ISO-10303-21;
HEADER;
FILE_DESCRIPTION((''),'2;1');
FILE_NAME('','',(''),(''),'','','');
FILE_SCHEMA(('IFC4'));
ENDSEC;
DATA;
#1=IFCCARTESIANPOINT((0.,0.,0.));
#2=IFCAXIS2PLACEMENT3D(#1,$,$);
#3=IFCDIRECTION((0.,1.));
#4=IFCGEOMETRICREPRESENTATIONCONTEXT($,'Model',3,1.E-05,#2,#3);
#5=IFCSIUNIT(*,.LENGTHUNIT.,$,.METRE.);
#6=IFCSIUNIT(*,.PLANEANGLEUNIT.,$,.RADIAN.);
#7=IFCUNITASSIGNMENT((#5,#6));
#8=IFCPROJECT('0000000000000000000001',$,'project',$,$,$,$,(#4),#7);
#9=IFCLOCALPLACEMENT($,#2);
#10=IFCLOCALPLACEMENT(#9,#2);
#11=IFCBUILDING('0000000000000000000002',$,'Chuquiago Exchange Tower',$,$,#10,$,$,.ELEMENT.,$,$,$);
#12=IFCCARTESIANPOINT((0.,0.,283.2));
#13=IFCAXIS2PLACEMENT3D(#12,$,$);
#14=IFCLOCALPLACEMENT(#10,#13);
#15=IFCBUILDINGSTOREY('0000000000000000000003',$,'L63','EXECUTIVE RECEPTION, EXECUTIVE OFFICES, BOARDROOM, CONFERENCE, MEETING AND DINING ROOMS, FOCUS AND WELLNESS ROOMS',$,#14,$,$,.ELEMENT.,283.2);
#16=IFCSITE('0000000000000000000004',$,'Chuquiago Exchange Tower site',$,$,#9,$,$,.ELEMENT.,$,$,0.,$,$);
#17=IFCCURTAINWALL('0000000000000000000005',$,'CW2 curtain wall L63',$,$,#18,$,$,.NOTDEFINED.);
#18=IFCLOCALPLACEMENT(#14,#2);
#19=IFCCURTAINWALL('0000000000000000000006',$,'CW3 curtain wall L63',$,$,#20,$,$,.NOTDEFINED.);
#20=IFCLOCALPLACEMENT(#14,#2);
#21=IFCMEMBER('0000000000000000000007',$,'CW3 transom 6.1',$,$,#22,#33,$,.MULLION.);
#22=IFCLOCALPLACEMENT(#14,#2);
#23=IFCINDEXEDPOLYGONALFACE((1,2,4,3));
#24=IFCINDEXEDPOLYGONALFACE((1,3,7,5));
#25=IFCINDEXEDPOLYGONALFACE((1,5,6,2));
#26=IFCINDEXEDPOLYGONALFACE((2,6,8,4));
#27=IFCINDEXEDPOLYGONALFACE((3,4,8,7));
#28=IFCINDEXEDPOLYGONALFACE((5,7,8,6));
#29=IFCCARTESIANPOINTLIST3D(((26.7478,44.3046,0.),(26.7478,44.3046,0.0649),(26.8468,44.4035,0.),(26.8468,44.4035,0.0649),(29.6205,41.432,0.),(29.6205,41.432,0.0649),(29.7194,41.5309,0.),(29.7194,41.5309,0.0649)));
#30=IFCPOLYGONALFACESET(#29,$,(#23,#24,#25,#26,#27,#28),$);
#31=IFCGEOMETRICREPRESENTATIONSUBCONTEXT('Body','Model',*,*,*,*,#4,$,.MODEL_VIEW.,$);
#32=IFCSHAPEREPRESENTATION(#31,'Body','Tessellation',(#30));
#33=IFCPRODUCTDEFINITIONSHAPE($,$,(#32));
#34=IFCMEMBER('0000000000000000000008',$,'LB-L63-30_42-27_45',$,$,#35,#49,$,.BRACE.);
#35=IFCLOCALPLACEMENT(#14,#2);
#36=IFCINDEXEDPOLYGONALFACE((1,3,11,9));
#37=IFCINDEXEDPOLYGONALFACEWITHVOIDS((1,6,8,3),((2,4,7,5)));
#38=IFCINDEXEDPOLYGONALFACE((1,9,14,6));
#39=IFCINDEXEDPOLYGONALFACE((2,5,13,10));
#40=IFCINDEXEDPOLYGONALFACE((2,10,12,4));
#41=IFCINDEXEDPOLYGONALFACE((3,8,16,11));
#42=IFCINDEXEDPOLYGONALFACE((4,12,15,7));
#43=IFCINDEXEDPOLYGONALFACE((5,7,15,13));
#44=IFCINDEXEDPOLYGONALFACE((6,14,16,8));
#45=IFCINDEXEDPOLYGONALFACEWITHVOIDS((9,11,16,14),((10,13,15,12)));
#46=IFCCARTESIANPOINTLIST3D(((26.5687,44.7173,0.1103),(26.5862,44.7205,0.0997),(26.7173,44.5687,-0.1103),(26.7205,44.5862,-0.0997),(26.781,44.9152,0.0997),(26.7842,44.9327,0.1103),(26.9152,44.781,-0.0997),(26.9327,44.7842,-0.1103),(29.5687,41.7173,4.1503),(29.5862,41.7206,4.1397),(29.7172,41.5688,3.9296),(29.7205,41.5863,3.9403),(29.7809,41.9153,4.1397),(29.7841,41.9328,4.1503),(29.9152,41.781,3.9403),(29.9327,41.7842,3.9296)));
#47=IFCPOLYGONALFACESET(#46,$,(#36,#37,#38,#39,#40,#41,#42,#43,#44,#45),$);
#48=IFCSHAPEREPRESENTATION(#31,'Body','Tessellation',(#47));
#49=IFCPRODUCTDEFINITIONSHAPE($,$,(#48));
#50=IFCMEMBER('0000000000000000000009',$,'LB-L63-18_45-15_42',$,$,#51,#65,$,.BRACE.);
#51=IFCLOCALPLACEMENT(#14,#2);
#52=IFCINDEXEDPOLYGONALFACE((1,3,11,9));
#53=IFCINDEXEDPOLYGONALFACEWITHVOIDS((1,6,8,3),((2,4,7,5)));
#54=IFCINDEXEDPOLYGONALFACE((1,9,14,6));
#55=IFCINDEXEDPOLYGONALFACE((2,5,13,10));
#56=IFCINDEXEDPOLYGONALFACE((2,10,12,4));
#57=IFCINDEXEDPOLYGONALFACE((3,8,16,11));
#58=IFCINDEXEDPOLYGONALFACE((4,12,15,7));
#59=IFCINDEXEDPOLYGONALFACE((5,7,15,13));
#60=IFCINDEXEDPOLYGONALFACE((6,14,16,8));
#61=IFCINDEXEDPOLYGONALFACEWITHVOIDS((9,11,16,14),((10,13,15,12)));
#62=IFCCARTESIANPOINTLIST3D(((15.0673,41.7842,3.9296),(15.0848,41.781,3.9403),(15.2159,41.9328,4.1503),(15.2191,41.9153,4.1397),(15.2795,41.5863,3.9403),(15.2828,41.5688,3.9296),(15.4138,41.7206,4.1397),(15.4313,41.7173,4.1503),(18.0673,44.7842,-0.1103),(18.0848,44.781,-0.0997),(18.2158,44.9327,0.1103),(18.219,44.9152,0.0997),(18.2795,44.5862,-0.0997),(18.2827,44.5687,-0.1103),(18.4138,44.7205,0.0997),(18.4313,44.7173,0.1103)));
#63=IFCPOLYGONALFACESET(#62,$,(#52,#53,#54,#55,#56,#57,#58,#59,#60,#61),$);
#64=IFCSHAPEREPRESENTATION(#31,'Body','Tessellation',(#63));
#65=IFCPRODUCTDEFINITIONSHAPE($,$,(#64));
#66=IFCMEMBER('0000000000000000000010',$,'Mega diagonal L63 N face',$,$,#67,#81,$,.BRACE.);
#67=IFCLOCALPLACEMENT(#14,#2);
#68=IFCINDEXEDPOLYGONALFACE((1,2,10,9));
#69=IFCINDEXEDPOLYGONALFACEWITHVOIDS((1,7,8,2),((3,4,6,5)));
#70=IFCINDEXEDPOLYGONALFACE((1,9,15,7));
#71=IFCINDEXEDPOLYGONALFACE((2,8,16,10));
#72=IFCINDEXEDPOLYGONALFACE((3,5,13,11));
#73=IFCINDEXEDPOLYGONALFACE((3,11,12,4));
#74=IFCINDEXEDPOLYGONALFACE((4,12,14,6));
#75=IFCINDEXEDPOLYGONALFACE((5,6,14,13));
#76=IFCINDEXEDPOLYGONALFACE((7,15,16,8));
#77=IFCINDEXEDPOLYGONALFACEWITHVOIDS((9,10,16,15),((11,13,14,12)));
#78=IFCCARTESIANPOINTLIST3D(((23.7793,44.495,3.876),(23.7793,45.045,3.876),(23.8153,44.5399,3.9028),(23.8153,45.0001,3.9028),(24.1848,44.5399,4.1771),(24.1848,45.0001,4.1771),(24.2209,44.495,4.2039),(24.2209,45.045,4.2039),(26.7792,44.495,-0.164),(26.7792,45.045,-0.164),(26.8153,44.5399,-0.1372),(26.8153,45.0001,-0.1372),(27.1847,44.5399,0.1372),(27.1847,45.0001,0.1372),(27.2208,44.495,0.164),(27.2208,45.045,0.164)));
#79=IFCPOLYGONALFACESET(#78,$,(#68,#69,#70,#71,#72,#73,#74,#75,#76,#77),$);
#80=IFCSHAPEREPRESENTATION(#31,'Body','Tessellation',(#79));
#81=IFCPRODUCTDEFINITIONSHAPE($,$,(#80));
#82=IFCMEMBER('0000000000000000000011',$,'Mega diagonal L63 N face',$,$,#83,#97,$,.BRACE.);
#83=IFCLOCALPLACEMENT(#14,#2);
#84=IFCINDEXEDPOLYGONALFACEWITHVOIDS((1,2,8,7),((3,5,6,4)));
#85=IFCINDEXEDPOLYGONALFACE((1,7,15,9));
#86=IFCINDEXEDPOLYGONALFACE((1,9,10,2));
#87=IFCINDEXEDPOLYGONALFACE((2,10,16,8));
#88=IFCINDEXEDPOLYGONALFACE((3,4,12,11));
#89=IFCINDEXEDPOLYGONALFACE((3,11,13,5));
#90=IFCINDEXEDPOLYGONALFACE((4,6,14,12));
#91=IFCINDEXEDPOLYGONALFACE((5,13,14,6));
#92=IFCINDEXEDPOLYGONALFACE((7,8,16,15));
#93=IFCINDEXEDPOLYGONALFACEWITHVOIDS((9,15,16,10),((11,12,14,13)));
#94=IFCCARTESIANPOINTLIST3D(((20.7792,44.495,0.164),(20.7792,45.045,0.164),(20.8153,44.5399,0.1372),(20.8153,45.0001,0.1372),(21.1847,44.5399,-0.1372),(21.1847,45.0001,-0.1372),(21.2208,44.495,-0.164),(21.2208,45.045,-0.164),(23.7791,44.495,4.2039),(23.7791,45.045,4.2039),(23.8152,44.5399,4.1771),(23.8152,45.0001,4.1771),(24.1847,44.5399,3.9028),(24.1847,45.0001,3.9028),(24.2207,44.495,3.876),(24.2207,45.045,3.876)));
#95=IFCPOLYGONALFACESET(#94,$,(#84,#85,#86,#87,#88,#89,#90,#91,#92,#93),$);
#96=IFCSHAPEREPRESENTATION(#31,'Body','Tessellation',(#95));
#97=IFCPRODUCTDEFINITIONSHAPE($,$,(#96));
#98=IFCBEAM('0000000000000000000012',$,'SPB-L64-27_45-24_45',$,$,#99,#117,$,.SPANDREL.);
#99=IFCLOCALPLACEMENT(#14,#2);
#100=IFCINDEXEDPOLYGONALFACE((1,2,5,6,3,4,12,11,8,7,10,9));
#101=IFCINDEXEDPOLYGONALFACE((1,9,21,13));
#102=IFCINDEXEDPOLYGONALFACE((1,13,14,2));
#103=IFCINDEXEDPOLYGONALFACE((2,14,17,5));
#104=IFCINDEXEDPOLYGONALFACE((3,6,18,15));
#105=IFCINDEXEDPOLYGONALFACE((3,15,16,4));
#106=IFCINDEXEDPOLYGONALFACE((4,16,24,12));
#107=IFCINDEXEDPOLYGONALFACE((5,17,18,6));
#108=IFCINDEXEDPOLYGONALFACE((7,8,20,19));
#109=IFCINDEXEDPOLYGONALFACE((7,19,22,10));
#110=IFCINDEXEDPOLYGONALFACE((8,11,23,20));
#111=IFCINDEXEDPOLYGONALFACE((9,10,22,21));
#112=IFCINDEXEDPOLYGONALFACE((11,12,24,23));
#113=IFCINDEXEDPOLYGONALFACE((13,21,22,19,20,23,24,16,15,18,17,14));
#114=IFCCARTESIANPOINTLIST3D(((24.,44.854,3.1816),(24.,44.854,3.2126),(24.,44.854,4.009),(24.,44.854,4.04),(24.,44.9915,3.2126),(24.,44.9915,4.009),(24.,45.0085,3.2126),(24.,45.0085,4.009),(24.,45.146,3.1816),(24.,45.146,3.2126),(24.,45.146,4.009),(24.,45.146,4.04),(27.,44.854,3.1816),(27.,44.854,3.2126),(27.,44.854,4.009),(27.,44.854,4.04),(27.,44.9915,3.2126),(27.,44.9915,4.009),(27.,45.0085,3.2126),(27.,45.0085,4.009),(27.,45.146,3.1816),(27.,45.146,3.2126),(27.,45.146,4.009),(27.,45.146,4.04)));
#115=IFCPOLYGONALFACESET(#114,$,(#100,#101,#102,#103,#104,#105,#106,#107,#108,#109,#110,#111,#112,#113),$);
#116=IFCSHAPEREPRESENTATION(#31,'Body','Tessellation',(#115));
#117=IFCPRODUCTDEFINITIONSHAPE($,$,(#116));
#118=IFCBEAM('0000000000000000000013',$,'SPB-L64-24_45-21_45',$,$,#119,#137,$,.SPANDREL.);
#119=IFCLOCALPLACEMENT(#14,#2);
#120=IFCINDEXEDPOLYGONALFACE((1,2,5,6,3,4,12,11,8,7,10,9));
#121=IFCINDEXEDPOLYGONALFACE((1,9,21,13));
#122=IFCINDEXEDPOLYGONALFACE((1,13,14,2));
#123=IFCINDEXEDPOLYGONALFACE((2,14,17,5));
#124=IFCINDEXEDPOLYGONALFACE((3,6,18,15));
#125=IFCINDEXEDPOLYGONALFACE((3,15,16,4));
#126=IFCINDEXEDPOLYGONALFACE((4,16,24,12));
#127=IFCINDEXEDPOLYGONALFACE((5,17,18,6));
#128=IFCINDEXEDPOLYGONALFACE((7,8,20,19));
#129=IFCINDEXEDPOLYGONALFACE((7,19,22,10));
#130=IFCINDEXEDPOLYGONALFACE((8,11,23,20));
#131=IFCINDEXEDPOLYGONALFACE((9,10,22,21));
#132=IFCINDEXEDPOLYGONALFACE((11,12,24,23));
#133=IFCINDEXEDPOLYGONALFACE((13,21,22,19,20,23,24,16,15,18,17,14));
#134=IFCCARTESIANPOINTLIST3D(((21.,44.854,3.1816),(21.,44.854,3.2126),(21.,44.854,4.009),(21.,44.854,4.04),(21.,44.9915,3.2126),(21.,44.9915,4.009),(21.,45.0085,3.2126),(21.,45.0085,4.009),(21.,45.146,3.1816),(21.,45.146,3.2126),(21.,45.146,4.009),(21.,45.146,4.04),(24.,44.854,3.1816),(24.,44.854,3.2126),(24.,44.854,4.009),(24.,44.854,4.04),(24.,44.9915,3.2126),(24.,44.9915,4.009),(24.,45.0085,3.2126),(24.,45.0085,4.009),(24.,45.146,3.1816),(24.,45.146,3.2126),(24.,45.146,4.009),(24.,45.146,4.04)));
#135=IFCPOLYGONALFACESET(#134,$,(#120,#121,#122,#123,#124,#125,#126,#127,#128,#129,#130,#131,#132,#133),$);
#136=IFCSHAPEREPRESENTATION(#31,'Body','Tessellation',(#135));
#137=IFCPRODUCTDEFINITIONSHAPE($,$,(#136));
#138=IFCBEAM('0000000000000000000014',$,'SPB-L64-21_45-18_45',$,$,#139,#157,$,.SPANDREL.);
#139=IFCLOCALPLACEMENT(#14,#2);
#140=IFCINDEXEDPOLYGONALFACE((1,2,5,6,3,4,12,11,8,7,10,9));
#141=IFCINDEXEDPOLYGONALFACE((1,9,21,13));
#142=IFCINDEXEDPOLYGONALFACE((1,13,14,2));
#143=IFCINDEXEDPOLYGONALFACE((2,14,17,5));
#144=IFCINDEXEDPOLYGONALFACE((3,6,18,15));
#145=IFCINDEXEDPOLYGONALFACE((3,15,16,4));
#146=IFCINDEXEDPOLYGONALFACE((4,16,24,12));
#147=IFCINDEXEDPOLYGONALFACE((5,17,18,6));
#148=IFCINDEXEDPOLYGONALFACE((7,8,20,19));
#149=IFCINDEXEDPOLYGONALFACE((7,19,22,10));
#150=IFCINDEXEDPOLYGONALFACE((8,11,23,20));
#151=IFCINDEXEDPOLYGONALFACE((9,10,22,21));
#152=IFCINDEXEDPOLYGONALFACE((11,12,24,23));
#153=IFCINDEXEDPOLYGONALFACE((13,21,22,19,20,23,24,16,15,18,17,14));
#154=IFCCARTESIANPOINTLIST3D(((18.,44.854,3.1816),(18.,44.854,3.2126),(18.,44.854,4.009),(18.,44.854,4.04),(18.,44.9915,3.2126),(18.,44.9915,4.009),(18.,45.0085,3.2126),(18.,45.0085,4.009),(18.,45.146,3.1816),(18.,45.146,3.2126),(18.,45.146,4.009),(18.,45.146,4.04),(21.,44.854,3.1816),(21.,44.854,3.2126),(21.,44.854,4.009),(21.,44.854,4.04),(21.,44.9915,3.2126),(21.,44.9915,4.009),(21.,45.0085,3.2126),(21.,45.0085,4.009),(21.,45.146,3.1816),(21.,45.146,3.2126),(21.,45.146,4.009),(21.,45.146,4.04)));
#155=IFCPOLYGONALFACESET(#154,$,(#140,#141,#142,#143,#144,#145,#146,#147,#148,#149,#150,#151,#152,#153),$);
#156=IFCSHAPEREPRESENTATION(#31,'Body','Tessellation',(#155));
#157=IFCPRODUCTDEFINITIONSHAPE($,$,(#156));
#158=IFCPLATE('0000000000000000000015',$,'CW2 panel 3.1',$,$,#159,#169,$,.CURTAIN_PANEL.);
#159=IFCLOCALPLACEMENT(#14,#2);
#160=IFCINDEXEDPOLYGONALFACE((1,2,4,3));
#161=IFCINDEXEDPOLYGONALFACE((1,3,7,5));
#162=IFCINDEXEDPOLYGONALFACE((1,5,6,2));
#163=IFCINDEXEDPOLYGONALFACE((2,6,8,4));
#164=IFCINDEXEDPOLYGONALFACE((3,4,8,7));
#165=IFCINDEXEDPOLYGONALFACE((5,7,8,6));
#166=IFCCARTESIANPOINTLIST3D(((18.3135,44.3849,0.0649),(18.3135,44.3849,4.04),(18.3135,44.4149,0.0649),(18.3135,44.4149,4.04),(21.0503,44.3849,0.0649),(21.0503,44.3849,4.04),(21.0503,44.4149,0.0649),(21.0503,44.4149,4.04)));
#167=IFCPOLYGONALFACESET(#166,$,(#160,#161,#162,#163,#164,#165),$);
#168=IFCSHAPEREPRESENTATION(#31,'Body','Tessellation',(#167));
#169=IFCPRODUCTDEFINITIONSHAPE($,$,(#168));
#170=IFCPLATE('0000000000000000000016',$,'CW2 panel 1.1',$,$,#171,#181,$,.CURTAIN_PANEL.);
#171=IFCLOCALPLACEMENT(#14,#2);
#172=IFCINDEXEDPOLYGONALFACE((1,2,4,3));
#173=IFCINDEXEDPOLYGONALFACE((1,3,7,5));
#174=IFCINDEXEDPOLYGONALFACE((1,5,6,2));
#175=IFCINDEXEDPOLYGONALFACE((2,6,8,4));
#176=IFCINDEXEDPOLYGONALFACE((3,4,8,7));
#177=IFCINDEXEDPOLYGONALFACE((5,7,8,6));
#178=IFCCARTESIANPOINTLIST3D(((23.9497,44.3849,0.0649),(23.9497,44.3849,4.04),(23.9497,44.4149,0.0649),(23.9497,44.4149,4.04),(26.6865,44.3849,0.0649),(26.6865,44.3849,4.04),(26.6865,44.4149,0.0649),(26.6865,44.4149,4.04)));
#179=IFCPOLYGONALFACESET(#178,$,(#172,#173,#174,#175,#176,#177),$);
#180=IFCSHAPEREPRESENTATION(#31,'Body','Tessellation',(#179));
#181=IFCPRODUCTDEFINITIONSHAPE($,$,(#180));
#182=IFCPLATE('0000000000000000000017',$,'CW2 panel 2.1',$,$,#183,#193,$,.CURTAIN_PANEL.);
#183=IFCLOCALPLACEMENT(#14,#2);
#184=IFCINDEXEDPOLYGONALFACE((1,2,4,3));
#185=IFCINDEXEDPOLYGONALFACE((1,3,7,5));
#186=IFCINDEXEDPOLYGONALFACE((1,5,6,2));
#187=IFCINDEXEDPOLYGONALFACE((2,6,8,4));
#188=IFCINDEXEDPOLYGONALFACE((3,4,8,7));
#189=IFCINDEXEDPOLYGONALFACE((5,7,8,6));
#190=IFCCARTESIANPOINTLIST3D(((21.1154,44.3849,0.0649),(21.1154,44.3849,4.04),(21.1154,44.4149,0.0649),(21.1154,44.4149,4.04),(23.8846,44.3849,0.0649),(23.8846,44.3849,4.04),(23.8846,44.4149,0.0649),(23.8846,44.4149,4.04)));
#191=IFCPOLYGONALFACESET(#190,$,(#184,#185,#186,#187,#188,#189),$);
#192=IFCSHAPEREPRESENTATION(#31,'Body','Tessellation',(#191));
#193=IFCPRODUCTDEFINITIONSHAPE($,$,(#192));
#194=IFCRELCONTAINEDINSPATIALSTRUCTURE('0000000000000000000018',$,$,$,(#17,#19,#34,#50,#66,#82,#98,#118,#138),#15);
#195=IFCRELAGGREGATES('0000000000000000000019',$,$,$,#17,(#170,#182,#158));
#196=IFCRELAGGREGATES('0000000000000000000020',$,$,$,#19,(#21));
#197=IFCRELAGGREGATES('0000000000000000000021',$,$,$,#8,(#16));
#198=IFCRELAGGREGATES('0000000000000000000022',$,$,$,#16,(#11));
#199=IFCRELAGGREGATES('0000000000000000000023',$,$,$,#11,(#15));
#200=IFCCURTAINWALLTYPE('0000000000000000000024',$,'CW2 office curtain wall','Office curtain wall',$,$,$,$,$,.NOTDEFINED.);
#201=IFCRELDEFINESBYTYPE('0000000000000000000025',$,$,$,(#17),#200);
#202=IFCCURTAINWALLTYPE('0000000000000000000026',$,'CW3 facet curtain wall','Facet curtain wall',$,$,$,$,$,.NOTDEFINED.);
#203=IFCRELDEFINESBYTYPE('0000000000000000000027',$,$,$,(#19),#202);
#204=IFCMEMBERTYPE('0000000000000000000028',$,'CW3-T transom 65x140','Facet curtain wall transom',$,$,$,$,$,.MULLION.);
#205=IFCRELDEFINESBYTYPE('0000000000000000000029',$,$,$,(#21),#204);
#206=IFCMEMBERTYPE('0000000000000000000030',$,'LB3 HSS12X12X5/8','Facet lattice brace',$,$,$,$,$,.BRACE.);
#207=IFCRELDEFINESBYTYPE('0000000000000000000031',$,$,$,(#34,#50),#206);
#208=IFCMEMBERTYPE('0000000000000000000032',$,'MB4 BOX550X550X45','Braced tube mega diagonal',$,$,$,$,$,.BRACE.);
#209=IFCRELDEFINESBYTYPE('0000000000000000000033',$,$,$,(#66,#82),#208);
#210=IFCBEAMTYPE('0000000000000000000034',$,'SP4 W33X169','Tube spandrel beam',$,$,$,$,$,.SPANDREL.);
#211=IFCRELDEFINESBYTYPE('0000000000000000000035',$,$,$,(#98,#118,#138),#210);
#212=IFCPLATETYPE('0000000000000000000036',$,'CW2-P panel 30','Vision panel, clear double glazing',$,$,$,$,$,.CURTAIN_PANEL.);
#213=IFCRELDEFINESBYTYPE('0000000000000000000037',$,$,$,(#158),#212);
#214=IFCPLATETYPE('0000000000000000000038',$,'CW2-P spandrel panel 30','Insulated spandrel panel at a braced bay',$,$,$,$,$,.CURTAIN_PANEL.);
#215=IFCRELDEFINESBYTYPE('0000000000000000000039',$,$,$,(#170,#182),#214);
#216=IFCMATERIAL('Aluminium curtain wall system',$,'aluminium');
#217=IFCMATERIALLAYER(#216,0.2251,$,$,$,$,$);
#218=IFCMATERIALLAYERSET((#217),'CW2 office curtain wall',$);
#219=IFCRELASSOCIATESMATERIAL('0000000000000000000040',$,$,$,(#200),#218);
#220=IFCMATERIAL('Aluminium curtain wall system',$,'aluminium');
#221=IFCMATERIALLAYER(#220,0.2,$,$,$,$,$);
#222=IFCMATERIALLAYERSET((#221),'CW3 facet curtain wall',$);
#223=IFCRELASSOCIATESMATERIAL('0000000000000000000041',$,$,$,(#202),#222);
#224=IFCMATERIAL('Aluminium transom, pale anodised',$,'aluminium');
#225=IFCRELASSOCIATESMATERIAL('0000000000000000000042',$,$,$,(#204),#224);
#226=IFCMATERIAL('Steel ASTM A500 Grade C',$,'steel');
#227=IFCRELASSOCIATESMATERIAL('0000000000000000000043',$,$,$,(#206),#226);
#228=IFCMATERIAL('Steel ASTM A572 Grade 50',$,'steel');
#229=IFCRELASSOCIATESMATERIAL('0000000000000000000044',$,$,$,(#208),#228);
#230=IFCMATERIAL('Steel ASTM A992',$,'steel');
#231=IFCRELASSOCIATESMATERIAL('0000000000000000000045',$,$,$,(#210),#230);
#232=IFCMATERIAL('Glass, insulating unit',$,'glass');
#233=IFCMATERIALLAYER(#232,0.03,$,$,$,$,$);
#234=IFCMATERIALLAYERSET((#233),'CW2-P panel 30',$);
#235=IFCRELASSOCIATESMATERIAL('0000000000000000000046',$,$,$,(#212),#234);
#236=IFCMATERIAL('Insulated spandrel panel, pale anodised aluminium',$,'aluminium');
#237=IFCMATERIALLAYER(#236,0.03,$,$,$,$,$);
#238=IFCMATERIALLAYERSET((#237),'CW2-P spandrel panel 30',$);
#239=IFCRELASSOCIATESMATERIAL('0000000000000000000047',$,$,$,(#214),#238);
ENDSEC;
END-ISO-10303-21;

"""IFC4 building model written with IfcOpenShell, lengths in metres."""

from ifc_helpers import new_model, si_unit, direction, frame, origin, origin_2d, place, context, subcontext, project, spatial, rectangle, hollow_rectangle, i_section, extrude, material, layer, layer_set, material_profile, profile_set, type_object, element, aggregate, save


model = new_model("IFC4")

# Units and contexts
model_context = context("Model", 3, precision=1e-05, world=origin(), true_north=direction((0.0, 1.0)))
body_context = subcontext(model_context, "Body", "Model", "MODEL_VIEW")
ifc_project = project(units=[si_unit("LENGTHUNIT", "METRE"), si_unit("PLANEANGLEUNIT", "RADIAN")], contexts=[model_context])

# Site, building, storey
site_placement = place(None, origin())
site = spatial("IfcSite", under=ifc_project, at=site_placement, Name="Chuquiago Exchange Tower site", CompositionType="ELEMENT", RefElevation=0.0)
building_placement = place(site_placement, origin())
building = spatial("IfcBuilding", under=site, at=building_placement, Name="Chuquiago Exchange Tower", CompositionType="ELEMENT")
storey_placement = place(building_placement, frame((0.0, 0.0, 283.2)))
storey = spatial("IfcBuildingStorey", under=building, at=storey_placement, Name="L63", Description="EXECUTIVE RECEPTION, EXECUTIVE OFFICES, BOARDROOM, CONFERENCE, MEETING AND DINING ROOMS, FOCUS AND WELLNESS ROOMS", CompositionType="ELEMENT", Elevation=283.2)

# Curtain walls, member
ifc_material_1 = material(Name="Aluminium curtain wall system", Category="aluminium")
ifc_layer_1 = layer(ifc_material_1, 0.2251)
ifc_layer_set_1 = layer_set([ifc_layer_1], Name="CW2 office curtain wall")
curtain_wall_type_1 = type_object("IfcCurtainWallType", Name="CW2 office curtain wall", Description="Office curtain wall", PredefinedType="NOTDEFINED", material=ifc_layer_set_1)
curtain_wall_1_placement = place(storey_placement, origin())
curtain_wall_1 = element("IfcCurtainWall", 1, at=curtain_wall_1_placement, inside=storey, type_object=curtain_wall_type_1, Name="CW2 curtain wall L63", PredefinedType="NOTDEFINED")
ifc_material_2 = material(Name="Aluminium curtain wall system", Category="aluminium")
ifc_layer_2 = layer(ifc_material_2, 0.2)
ifc_layer_set_2 = layer_set([ifc_layer_2], Name="CW3 facet curtain wall")
curtain_wall_type_2 = type_object("IfcCurtainWallType", Name="CW3 facet curtain wall", Description="Facet curtain wall", PredefinedType="NOTDEFINED", material=ifc_layer_set_2)
curtain_wall_2_placement = place(storey_placement, origin())
curtain_wall_2 = element("IfcCurtainWall", 2, at=curtain_wall_2_placement, inside=storey, type_object=curtain_wall_type_2, Name="CW3 curtain wall L63", PredefinedType="NOTDEFINED")
ifc_material_3 = material(Name="Aluminium transom, pale anodised", Category="aluminium")
ifc_material_profile_1 = material_profile(ifc_material_3, rectangle(XDim=0.1399, YDim=0.0649, at=origin_2d()), Name="AL 140x65")
ifc_profile_set_1 = profile_set([ifc_material_profile_1], Name="Aluminium transom, pale anodised")
member_type_1 = type_object("IfcMemberType", Name="CW3-T transom 65x140", Description="Facet curtain wall transom", PredefinedType="MULLION", material=ifc_profile_set_1)
member_1_placement = place(storey_placement, frame((29.6699, 41.4814, 0.0325), z_axis=(-0.707107, 0.707107, 0.0), x_axis=(-0.707107, -0.707107, 0.0)))
member_1 = element("IfcMember", 3, at=member_1_placement, type_object=member_type_1, Name="CW3 transom 6.1", PredefinedType="MULLION", context=body_context, shape_type="SweptSolid", body=[
    extrude(rectangle(XDim=0.1399, YDim=0.0649, at=origin_2d()), origin(), (0.0, 0.0, 1.0), 4.0625),
])

# Members
ifc_material_4 = material(Name="Steel ASTM A500 Grade C", Category="steel")
ifc_material_profile_2 = material_profile(ifc_material_4, hollow_rectangle(XDim=0.3047, YDim=0.3047, WallThickness=0.0146, at=origin_2d()), Name="HSS12X12X5/8")
ifc_profile_set_2 = profile_set([ifc_material_profile_2], Name="Steel ASTM A500 Grade C")
member_type_2 = type_object("IfcMemberType", Name="LB3 HSS12X12X5/8", Description="Facet lattice brace", PredefinedType="BRACE", material=ifc_profile_set_2)
for number, where, z_axis, x_axis, name in (
    (4, (26.7507, 44.7507, 0.0), (0.512077, -0.512077, 0.689604), (0.707107, 0.707107, 0.0), "LB-L63-30_42-27_45"),
    (5, (18.2493, 44.7507, 0.0), (-0.512077, -0.512077, 0.689604), (0.707107, -0.707107, 0.0), "LB-L63-18_45-15_42"),
):
    element("IfcMember", number, at=place(storey_placement, frame(where, z_axis=z_axis, x_axis=x_axis)), inside=storey, type_object=member_type_2, Name=name, PredefinedType="BRACE", context=body_context, shape_type="SweptSolid", body=[
        extrude(hollow_rectangle(XDim=0.3047, YDim=0.3047, WallThickness=0.0146, at=origin_2d()), origin(), (0.0, 0.0, 1.0), 5.8584),
    ])
ifc_material_5 = material(Name="Steel ASTM A572 Grade 50", Category="steel")
ifc_material_profile_3 = material_profile(ifc_material_5, hollow_rectangle(XDim=0.55, YDim=0.55, WallThickness=0.0449, at=origin_2d()), Name="BOX550X550X45")
ifc_profile_set_3 = profile_set([ifc_material_profile_3], Name="Steel ASTM A572 Grade 50")
member_type_3 = type_object("IfcMemberType", Name="MB4 BOX550X550X45", Description="Braced tube mega diagonal", PredefinedType="BRACE", material=ifc_profile_set_3)
for number, where, z_axis, x_axis, name in (
    (6, (27.0, 44.77, 0.0), (-0.596174, 0.0, 0.802855), (0.0, -1.0, 0.0), "Mega diagonal L63 N face"),
    (7, (21.0, 44.77, 0.0), (0.596174, 0.0, 0.802855), (0.0, 1.0, 0.0), "Mega diagonal L63 N face"),
):
    element("IfcMember", number, at=place(storey_placement, frame(where, z_axis=z_axis, x_axis=x_axis)), inside=storey, type_object=member_type_3, Name=name, PredefinedType="BRACE", context=body_context, shape_type="SweptSolid", body=[
        extrude(hollow_rectangle(XDim=0.55, YDim=0.55, WallThickness=0.0449, at=origin_2d()), origin(), (0.0, 0.0, 1.0), 5.032),
    ])

# Beams
ifc_material_6 = material(Name="Steel ASTM A992", Category="steel")
ifc_material_profile_4 = material_profile(ifc_material_6, i_section(OverallWidth=0.292, OverallDepth=0.8584, WebThickness=0.0171, FlangeThickness=0.031, at=origin_2d()), Name="W33X169")
ifc_profile_set_4 = profile_set([ifc_material_profile_4], Name="Steel ASTM A992")
beam_type = type_object("IfcBeamType", Name="SP4 W33X169", Description="Tube spandrel beam", PredefinedType="SPANDREL", material=ifc_profile_set_4)
for number, where, z_axis, x_axis, name in (
    (8, (27.0, 45.0, 3.6108), (-1.0, 0.0, 0.0), (0.0, -1.0, 0.0), "SPB-L64-27_45-24_45"),
    (9, (24.0, 45.0, 3.6108), (-1.0, 0.0, 0.0), (0.0, -1.0, 0.0), "SPB-L64-24_45-21_45"),
    (10, (21.0, 45.0, 3.6108), (-1.0, 0.0, 0.0), (0.0, -1.0, 0.0), "SPB-L64-21_45-18_45"),
):
    element("IfcBeam", number, at=place(storey_placement, frame(where, z_axis=z_axis, x_axis=x_axis)), inside=storey, type_object=beam_type, Name=name, PredefinedType="SPANDREL", context=body_context, shape_type="SweptSolid", body=[
        extrude(i_section(OverallWidth=0.292, OverallDepth=0.8584, WebThickness=0.0171, FlangeThickness=0.031, at=origin_2d()), origin(), (0.0, 0.0, 1.0), 3.0),
    ])

# Plates
ifc_material_7 = material(Name="Glass, insulating unit", Category="glass")
ifc_layer_3 = layer(ifc_material_7, 0.03)
ifc_layer_set_3 = layer_set([ifc_layer_3], Name="CW2-P panel 30")
plate_type_1 = type_object("IfcPlateType", Name="CW2-P panel 30", Description="Vision panel, clear double glazing", PredefinedType="CURTAIN_PANEL", material=ifc_layer_set_3)
plate_1_placement = place(storey_placement, frame((19.6819, 44.3999, 0.0649), z_axis=(0.0, 0.0, 1.0), x_axis=(-1.0, 0.0, 0.0)))
plate_1 = element("IfcPlate", 11, at=plate_1_placement, type_object=plate_type_1, Name="CW2 panel 3.1", PredefinedType="CURTAIN_PANEL", context=body_context, shape_type="SweptSolid", body=[
    extrude(rectangle(XDim=2.7368, YDim=0.03, at=origin_2d()), origin(), (0.0, 0.0, 1.0), 3.9751),
])
ifc_material_8 = material(Name="Insulated spandrel panel, pale anodised aluminium", Category="aluminium")
ifc_layer_4 = layer(ifc_material_8, 0.03)
ifc_layer_set_4 = layer_set([ifc_layer_4], Name="CW2-P spandrel panel 30")
plate_type_2 = type_object("IfcPlateType", Name="CW2-P spandrel panel 30", Description="Insulated spandrel panel at a braced bay", PredefinedType="CURTAIN_PANEL", material=ifc_layer_set_4)
plate_2_placement = place(storey_placement, frame((25.3181, 44.3999, 0.0649), z_axis=(0.0, 0.0, 1.0), x_axis=(-1.0, 0.0, 0.0)))
plate_2 = element("IfcPlate", 12, at=plate_2_placement, type_object=plate_type_2, Name="CW2 panel 1.1", PredefinedType="CURTAIN_PANEL", context=body_context, shape_type="SweptSolid", body=[
    extrude(rectangle(XDim=2.7368, YDim=0.03, at=origin_2d()), origin(), (0.0, 0.0, 1.0), 3.9751),
])
plate_3_placement = place(storey_placement, frame((22.5, 44.3999, 0.0649), z_axis=(0.0, 0.0, 1.0), x_axis=(-1.0, 0.0, 0.0)))
plate_3 = element("IfcPlate", 13, at=plate_3_placement, type_object=plate_type_2, Name="CW2 panel 2.1", PredefinedType="CURTAIN_PANEL", context=body_context, shape_type="SweptSolid", body=[
    extrude(rectangle(XDim=2.7693, YDim=0.03, at=origin_2d()), origin(), (0.0, 0.0, 1.0), 3.9751),
])
aggregate(curtain_wall_1, [plate_2, plate_3, plate_1])
aggregate(curtain_wall_2, [member_1])

save(model, "model.ifc")
